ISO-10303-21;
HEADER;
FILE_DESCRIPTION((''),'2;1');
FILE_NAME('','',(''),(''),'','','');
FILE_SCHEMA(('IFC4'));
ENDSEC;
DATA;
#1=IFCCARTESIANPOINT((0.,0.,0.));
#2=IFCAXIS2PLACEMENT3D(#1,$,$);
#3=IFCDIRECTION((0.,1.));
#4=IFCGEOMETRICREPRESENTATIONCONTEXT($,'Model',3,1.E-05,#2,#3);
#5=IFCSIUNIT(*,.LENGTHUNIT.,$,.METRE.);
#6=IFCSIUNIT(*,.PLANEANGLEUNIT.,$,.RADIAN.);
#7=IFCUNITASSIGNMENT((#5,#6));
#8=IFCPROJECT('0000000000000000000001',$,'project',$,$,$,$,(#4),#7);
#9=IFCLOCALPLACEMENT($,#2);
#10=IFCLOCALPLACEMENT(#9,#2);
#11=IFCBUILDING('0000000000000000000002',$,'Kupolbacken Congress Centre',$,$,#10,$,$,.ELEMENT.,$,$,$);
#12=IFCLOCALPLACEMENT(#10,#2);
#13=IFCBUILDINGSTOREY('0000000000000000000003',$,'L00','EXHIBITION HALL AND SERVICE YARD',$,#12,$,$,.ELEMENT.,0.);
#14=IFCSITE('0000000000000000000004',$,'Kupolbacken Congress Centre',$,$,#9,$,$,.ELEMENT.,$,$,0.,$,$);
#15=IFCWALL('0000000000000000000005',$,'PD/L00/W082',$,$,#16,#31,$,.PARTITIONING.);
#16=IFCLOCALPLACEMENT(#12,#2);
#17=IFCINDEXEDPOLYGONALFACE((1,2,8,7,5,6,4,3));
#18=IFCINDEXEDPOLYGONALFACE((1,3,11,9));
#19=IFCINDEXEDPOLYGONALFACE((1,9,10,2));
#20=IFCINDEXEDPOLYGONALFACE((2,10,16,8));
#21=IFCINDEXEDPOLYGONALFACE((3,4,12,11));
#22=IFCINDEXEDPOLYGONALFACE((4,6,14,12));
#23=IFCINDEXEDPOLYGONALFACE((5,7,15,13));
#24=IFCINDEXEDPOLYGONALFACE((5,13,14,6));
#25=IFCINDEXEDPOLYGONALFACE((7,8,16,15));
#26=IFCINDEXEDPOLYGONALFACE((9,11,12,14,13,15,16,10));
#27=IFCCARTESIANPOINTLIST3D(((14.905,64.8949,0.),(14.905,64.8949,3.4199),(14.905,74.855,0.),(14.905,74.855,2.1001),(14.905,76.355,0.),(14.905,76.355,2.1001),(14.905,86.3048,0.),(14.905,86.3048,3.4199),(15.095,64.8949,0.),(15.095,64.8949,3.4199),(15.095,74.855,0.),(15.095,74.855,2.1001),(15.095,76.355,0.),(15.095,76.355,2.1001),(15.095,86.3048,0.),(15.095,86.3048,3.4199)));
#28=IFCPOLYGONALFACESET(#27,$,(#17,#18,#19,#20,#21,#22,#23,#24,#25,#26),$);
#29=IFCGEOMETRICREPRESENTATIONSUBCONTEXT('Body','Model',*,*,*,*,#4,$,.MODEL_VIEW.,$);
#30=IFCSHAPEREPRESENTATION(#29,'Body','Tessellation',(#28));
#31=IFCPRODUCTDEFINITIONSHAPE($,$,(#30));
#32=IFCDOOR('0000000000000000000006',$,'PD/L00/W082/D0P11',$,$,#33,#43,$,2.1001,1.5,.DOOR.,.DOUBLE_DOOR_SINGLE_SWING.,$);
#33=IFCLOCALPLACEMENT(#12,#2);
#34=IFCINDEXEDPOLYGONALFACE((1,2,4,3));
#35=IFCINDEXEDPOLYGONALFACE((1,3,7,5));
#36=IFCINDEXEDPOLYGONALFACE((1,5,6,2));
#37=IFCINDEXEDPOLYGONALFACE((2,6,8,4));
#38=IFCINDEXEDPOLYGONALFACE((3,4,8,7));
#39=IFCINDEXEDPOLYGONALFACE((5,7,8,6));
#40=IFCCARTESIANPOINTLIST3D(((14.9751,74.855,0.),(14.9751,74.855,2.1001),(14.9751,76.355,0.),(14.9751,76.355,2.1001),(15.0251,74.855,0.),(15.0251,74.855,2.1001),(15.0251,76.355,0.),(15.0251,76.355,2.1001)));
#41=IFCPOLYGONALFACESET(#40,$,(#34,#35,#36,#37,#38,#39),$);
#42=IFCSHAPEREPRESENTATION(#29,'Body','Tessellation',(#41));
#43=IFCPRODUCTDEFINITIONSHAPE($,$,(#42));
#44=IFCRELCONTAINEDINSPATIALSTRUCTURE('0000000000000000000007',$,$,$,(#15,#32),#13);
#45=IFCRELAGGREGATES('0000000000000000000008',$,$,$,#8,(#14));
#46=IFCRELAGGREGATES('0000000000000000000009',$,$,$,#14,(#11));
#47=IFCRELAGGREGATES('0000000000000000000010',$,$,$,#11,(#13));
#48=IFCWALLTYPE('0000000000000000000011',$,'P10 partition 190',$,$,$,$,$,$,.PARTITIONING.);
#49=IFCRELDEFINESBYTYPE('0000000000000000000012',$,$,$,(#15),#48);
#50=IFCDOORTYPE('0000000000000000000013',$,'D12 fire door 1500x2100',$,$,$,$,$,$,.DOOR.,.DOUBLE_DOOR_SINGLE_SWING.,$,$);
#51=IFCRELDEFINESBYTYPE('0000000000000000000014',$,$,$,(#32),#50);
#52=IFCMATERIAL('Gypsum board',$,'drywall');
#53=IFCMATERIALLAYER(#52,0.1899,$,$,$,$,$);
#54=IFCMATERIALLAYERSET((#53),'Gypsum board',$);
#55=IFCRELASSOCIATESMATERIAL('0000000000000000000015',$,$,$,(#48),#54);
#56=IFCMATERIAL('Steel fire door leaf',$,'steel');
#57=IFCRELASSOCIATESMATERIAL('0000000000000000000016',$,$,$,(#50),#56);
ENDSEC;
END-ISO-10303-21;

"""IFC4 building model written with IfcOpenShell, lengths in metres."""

from ifc_helpers import new_model, si_unit, direction, frame, frame_2d, origin, place, context, subcontext, project, spatial, rectangle, extrude, material, layer, layer_set, type_object, element, fill, save


model = new_model("IFC4")

# Units and contexts
model_context = context("Model", 3, precision=1e-05, world=origin(), true_north=direction((0.0, 1.0)))
body_context = subcontext(model_context, "Body", "Model", "MODEL_VIEW")
ifc_project = project(units=[si_unit("LENGTHUNIT", "METRE"), si_unit("PLANEANGLEUNIT", "RADIAN")], contexts=[model_context])

# Site, building, storey
site_placement = place(None, origin())
site = spatial("IfcSite", under=ifc_project, at=site_placement, Name="Kupolbacken Congress Centre", CompositionType="ELEMENT", RefElevation=0.0)
building_placement = place(site_placement, origin())
building = spatial("IfcBuilding", under=site, at=building_placement, Name="Kupolbacken Congress Centre", CompositionType="ELEMENT")
storey_placement = place(building_placement, origin())
storey = spatial("IfcBuildingStorey", under=building, at=storey_placement, Name="L00", Description="EXHIBITION HALL AND SERVICE YARD", CompositionType="ELEMENT", Elevation=0.0)

# Shared definitions
ifc_material_1 = material(Name="Gypsum board", Category="drywall")
ifc_layer_1 = layer(ifc_material_1, 0.1899)
ifc_layer_set_1 = layer_set([ifc_layer_1], Name="Gypsum board")
wall_type_1 = type_object("IfcWallType", Name="P10 partition 190", PredefinedType="PARTITIONING", material=ifc_layer_set_1)

# Wall, opening, door
wall_1_placement = place(storey_placement, frame((15.0, 86.3049, 0.0), z_axis=(0.0, 0.0, 1.0), x_axis=(0.0, -1.0, 0.0)))
wall_1 = element("IfcWall", 1, at=wall_1_placement, inside=storey, type_object=wall_type_1, Name="PD/L00/W082", PredefinedType="PARTITIONING", context=body_context, shape_type="SweptSolid", body=[
    extrude(rectangle(XDim=21.4099, YDim=0.1899, at=frame_2d((10.7051, 0.0))), origin(), (0.0, 0.0, 1.0), 3.4199),
])
opening_placement = place(wall_1_placement, frame((9.95, 0.0, 0.0)))
opening = element("IfcOpeningElement", 2, at=opening_placement, cuts=wall_1, PredefinedType="OPENING", context=body_context, shape_type="SweptSolid", body=[
    extrude(rectangle(XDim=1.5, YDim=2.1001, at=frame_2d((0.75, 1.05))), frame((0.0, 0.105, 0.0), z_axis=(0.0, -1.0, 0.0), x_axis=(1.0, 0.0, 0.0)), (0.0, 0.0, 1.0), 0.21),
])
ifc_material_2 = material(Name="Steel fire door leaf", Category="steel")
door_type = type_object("IfcDoorType", Name="D12 fire door 1500x2100", OperationType="DOUBLE_DOOR_SINGLE_SWING", PredefinedType="DOOR", material=ifc_material_2)
door_placement = place(opening_placement, frame((1.5, 0.0, 0.0), z_axis=(0.0, 0.0, 1.0), x_axis=(-1.0, 0.0, 0.0)))
door = element("IfcDoor", 3, at=door_placement, inside=storey, type_object=door_type, Name="PD/L00/W082/D0P11", OperationType="DOUBLE_DOOR_SINGLE_SWING", OverallHeight=2.1001, OverallWidth=1.5, PredefinedType="DOOR", context=body_context, shape_type="SweptSolid", body=[
    extrude(rectangle(XDim=1.5, YDim=2.1001, at=frame_2d((0.75, 1.05))), frame((0.0, 0.0249, 0.0), z_axis=(0.0, -1.0, 0.0), x_axis=(1.0, 0.0, 0.0)), (0.0, 0.0, 1.0), 0.05),
])
fill(opening, door)

save(model, "model.ifc")
